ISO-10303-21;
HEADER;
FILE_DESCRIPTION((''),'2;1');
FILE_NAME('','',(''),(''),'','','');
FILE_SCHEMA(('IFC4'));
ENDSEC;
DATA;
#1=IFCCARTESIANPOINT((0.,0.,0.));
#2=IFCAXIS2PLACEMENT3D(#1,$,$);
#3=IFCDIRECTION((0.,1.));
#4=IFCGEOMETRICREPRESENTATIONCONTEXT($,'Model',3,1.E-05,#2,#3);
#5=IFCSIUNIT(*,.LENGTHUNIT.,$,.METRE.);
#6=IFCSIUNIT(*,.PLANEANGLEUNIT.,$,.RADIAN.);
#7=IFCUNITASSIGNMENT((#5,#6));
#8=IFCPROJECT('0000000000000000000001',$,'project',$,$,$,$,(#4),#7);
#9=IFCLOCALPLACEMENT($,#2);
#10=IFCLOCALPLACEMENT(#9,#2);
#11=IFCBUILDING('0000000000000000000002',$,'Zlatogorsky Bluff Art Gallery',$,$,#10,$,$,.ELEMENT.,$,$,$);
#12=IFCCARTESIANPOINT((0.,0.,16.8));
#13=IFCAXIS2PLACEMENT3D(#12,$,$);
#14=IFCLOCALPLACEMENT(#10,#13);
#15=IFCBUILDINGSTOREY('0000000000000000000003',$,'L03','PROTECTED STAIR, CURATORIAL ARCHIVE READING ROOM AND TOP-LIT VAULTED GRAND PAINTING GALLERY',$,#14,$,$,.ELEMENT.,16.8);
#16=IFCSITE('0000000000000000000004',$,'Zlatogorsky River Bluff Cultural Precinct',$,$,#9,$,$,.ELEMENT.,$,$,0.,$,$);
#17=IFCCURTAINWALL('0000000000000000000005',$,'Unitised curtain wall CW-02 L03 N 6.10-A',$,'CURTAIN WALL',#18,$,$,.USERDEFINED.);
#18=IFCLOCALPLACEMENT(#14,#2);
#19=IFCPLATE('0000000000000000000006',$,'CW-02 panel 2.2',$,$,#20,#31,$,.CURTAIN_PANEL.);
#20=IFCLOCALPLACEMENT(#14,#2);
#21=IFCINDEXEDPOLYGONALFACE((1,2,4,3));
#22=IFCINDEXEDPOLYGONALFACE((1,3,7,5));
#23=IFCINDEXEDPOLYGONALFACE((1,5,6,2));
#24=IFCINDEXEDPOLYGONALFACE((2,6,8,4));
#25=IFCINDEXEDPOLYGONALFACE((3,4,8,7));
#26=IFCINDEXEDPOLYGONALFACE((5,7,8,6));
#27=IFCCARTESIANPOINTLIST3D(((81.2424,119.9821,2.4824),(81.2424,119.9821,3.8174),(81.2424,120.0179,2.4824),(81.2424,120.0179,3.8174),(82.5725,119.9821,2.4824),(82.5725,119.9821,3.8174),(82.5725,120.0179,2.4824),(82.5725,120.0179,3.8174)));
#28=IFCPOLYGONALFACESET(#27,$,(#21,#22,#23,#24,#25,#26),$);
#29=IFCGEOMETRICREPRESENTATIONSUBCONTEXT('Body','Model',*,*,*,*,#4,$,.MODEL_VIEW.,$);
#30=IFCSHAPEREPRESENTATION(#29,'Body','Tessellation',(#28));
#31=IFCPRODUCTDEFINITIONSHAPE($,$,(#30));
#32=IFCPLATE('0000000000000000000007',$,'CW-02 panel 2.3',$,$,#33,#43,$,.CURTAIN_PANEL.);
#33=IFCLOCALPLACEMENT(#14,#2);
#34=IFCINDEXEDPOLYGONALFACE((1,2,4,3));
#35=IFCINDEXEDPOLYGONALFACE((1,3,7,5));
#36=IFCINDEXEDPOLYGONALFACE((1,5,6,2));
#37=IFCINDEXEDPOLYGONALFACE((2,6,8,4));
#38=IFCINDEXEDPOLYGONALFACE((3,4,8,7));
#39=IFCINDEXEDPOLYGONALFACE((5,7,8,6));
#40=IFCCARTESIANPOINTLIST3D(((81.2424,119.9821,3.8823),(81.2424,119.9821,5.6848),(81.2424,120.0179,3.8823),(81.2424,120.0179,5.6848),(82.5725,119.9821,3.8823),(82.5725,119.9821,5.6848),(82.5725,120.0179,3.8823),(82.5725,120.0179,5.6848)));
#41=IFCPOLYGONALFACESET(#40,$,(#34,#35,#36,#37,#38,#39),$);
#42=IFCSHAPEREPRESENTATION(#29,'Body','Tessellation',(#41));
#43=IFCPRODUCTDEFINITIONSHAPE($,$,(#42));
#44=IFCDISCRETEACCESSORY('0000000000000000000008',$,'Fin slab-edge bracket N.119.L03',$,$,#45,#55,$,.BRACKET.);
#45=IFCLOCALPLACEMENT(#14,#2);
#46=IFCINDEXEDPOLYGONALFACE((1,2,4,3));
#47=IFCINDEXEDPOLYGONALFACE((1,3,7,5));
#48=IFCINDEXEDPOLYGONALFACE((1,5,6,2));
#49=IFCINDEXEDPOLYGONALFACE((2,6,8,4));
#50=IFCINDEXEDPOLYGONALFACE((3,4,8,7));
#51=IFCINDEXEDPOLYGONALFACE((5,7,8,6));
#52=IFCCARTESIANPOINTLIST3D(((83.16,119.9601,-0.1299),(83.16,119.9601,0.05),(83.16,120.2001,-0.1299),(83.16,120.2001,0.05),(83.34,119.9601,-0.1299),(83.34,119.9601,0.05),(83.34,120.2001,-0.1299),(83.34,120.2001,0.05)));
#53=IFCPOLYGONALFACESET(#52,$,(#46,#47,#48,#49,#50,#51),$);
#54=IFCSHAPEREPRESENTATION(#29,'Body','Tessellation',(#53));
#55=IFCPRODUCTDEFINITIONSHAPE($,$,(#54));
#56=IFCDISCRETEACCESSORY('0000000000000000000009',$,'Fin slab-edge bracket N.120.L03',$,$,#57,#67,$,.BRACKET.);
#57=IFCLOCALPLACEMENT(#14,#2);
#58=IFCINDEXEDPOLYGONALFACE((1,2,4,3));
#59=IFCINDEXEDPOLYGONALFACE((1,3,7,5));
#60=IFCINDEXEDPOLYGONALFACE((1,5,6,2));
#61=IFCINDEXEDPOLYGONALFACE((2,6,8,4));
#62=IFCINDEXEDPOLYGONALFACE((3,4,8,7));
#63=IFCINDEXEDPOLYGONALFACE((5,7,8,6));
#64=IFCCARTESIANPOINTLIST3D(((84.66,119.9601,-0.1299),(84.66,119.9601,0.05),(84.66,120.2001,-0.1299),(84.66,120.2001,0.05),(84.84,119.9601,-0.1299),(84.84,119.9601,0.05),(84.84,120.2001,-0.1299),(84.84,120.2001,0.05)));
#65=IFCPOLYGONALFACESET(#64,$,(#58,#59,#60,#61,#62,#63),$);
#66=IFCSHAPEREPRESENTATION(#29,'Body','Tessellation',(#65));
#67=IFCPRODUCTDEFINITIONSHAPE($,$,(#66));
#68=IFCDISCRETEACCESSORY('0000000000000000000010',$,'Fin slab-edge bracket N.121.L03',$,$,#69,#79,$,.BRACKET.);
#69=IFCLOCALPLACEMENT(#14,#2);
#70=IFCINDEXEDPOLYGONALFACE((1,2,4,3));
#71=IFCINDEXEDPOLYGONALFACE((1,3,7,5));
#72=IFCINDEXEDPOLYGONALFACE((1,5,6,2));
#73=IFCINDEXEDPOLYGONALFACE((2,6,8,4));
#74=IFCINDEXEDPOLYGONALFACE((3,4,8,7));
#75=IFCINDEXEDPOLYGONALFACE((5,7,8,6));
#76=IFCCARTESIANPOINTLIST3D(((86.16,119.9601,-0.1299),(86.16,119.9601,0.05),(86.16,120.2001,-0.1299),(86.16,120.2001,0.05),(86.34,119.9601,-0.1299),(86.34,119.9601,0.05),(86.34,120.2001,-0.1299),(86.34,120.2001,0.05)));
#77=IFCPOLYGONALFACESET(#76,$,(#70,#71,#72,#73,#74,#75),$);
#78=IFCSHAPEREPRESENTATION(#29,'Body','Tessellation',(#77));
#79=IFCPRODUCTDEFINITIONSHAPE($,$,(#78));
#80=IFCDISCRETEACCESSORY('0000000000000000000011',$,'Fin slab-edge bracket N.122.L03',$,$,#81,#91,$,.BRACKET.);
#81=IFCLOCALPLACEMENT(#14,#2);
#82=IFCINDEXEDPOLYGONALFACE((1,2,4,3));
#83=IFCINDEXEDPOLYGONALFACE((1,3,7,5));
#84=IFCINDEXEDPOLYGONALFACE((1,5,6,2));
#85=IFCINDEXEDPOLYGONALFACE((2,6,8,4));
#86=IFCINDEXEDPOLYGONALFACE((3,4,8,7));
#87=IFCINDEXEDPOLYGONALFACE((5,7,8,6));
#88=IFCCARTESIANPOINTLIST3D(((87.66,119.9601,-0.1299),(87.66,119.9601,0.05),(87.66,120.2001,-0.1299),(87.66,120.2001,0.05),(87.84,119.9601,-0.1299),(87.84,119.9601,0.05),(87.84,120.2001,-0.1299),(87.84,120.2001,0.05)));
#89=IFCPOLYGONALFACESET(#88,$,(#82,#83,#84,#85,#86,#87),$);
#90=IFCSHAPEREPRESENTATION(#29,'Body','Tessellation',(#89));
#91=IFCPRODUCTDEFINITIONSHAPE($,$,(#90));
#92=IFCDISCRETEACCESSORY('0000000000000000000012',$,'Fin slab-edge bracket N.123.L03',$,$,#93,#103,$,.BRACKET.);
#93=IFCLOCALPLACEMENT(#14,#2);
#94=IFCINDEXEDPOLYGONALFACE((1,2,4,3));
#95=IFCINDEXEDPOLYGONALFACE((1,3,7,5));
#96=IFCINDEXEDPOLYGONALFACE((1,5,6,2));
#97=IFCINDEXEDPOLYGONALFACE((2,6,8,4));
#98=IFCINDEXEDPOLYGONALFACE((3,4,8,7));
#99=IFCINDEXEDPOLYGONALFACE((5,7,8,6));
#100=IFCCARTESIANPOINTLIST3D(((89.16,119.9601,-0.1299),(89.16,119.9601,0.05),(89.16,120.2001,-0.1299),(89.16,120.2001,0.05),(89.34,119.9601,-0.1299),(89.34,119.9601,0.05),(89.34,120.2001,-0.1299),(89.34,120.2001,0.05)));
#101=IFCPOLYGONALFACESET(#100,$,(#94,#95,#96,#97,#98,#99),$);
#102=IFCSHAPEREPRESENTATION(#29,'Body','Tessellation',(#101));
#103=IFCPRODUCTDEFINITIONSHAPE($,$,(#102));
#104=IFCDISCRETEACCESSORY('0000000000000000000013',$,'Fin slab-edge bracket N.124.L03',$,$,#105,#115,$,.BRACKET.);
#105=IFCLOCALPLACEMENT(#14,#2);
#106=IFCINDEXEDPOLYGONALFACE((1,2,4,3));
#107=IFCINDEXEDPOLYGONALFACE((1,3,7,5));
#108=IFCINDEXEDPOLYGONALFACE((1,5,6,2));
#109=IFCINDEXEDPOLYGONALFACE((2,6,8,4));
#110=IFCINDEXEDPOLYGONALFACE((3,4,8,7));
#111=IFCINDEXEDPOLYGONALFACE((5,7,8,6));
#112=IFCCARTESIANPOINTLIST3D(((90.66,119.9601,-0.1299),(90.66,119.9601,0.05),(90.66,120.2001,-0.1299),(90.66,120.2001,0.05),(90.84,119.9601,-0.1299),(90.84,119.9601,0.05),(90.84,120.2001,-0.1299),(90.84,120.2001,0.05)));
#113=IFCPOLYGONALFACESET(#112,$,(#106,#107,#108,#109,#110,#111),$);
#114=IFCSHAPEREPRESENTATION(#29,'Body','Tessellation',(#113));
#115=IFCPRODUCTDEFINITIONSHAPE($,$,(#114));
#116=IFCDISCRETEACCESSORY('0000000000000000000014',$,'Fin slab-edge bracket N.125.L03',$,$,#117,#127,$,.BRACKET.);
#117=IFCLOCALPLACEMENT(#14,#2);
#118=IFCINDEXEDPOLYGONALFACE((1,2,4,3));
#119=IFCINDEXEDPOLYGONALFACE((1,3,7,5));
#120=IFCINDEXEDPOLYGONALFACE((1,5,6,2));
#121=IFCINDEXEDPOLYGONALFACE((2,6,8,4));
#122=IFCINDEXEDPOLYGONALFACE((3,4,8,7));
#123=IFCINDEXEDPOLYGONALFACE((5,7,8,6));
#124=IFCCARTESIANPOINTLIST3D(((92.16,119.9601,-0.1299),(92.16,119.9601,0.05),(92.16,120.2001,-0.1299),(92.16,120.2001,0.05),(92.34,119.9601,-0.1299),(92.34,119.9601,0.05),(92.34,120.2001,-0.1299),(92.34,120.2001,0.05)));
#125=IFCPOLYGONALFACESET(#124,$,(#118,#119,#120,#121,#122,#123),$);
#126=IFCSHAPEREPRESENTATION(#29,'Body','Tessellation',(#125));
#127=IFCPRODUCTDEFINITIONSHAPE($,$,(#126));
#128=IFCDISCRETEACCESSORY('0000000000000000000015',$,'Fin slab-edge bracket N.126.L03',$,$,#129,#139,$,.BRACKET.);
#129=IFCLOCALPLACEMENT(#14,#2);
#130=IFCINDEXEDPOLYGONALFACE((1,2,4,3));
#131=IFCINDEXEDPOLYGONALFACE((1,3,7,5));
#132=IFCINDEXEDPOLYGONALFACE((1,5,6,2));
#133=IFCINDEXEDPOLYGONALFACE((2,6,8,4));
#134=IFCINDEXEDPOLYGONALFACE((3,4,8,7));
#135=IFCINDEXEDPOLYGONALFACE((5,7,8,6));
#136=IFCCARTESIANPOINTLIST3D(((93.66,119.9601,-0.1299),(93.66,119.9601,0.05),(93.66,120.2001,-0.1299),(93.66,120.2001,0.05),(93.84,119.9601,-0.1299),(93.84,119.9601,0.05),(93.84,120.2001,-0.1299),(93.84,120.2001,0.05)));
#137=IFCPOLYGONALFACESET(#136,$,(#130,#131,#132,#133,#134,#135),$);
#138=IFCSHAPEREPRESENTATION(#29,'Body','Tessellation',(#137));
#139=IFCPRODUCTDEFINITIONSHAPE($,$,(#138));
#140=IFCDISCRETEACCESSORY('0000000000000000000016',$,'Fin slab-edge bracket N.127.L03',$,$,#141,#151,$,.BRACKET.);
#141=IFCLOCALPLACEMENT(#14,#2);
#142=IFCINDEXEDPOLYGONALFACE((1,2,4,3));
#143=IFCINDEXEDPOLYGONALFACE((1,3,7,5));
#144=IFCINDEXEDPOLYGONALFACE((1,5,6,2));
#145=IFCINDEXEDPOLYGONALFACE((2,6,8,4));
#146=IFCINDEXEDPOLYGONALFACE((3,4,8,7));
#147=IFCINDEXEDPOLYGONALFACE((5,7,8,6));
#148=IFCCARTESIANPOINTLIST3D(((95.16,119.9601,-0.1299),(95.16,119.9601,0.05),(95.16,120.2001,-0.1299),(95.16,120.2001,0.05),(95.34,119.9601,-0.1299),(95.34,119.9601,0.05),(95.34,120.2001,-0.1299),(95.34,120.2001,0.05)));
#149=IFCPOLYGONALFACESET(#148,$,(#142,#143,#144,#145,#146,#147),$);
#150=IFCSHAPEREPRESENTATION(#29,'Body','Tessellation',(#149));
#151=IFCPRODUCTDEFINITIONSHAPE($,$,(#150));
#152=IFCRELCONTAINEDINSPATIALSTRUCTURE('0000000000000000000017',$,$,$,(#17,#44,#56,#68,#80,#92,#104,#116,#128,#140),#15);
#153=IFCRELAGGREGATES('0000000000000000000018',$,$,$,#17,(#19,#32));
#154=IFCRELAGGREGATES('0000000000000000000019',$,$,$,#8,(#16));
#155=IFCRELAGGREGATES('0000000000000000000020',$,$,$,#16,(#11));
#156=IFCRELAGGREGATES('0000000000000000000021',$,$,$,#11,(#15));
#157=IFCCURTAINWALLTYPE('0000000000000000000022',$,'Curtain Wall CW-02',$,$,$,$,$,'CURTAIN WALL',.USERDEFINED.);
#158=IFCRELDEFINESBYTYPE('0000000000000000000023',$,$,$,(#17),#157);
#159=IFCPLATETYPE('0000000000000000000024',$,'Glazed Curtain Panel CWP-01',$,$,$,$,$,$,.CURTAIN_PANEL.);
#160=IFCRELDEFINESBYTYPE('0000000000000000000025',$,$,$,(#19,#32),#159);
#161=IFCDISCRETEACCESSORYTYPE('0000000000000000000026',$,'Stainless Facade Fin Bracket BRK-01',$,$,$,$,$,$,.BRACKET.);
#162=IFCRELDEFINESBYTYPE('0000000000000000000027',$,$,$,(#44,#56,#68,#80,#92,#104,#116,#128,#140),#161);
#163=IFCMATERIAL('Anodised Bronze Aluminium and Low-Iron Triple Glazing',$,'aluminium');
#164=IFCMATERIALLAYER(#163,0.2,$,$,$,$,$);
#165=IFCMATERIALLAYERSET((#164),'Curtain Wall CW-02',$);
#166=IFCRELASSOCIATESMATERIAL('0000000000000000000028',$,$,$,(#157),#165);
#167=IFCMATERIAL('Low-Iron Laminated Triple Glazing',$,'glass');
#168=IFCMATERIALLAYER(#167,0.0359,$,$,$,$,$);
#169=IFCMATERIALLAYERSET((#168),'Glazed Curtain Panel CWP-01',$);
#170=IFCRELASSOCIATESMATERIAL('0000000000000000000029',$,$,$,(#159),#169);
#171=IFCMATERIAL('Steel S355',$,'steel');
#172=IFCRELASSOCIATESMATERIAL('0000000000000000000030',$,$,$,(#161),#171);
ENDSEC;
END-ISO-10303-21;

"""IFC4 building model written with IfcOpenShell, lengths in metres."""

from ifc_helpers import new_model, si_unit, direction, frame, origin, origin_2d, place, context, subcontext, project, spatial, rectangle, extrude, material, layer, layer_set, type_object, element, aggregate, save


model = new_model("IFC4")

# Units and contexts
model_context = context("Model", 3, precision=1e-05, world=origin(), true_north=direction((0.0, 1.0)))
body_context = subcontext(model_context, "Body", "Model", "MODEL_VIEW")
ifc_project = project(units=[si_unit("LENGTHUNIT", "METRE"), si_unit("PLANEANGLEUNIT", "RADIAN")], contexts=[model_context])

# Site, building, storey
site_placement = place(None, origin())
site = spatial("IfcSite", under=ifc_project, at=site_placement, Name="Zlatogorsky River Bluff Cultural Precinct", CompositionType="ELEMENT", RefElevation=0.0)
building_placement = place(site_placement, origin())
building = spatial("IfcBuilding", under=site, at=building_placement, Name="Zlatogorsky Bluff Art Gallery", CompositionType="ELEMENT")
storey_placement = place(building_placement, frame((0.0, 0.0, 16.8)))
storey = spatial("IfcBuildingStorey", under=building, at=storey_placement, Name="L03", Description="PROTECTED STAIR, CURATORIAL ARCHIVE READING ROOM AND TOP-LIT VAULTED GRAND PAINTING GALLERY", CompositionType="ELEMENT", Elevation=16.8)

# Shared definitions
ifc_material_1 = material(Name="Steel S355", Category="steel")

# Curtain wall, plates
ifc_material_2 = material(Name="Anodised Bronze Aluminium and Low-Iron Triple Glazing", Category="aluminium")
ifc_layer_1 = layer(ifc_material_2, 0.2)
ifc_layer_set_1 = layer_set([ifc_layer_1], Name="Curtain Wall CW-02")
curtain_wall_type = type_object("IfcCurtainWallType", Name="Curtain Wall CW-02", ElementType="CURTAIN WALL", PredefinedType="USERDEFINED", material=ifc_layer_set_1)
curtain_wall_placement = place(storey_placement, origin())
curtain_wall = element("IfcCurtainWall", 1, at=curtain_wall_placement, inside=storey, type_object=curtain_wall_type, Name="Unitised curtain wall CW-02 L03 N 6.10-A", ObjectType="CURTAIN WALL", PredefinedType="USERDEFINED")
ifc_material_3 = material(Name="Low-Iron Laminated Triple Glazing", Category="glass")
ifc_layer_2 = layer(ifc_material_3, 0.0359)
ifc_layer_set_2 = layer_set([ifc_layer_2], Name="Glazed Curtain Panel CWP-01")
plate_type = type_object("IfcPlateType", Name="Glazed Curtain Panel CWP-01", PredefinedType="CURTAIN_PANEL", material=ifc_layer_set_2)
plate_1_placement = place(storey_placement, frame((81.9075, 120.0, 2.4824), z_axis=(0.0, 0.0, 1.0), x_axis=(-1.0, 0.0, 0.0)))
plate_1 = element("IfcPlate", 2, at=plate_1_placement, type_object=plate_type, Name="CW-02 panel 2.2", PredefinedType="CURTAIN_PANEL", context=body_context, shape_type="SweptSolid", body=[
    extrude(rectangle(XDim=1.3301, YDim=0.0359, at=origin_2d()), origin(), (0.0, 0.0, 1.0), 1.335),
])
plate_2_placement = place(storey_placement, frame((81.9075, 120.0, 3.8823), z_axis=(0.0, 0.0, 1.0), x_axis=(-1.0, 0.0, 0.0)))
plate_2 = element("IfcPlate", 3, at=plate_2_placement, type_object=plate_type, Name="CW-02 panel 2.3", PredefinedType="CURTAIN_PANEL", context=body_context, shape_type="SweptSolid", body=[
    extrude(rectangle(XDim=1.3301, YDim=0.0359, at=origin_2d()), origin(), (0.0, 0.0, 1.0), 1.8025),
])
aggregate(curtain_wall, [plate_1, plate_2])

# Discrete accessories
discrete_accessory_type = type_object("IfcDiscreteAccessoryType", Name="Stainless Facade Fin Bracket BRK-01", PredefinedType="BRACKET", material=ifc_material_1)
for number, where, z_axis, x_axis, name in (
    (4, (83.25, 120.0801, -0.1299), (0.0, 0.0, 1.0), (1.0, 0.0, 0.0), "Fin slab-edge bracket N.119.L03"),
    (5, (84.75, 120.0801, -0.1299), (0.0, 0.0, 1.0), (1.0, 0.0, 0.0), "Fin slab-edge bracket N.120.L03"),
    (6, (86.25, 120.0801, -0.1299), (0.0, 0.0, 1.0), (1.0, 0.0, 0.0), "Fin slab-edge bracket N.121.L03"),
    (7, (87.75, 120.0801, -0.1299), (0.0, 0.0, 1.0), (1.0, 0.0, 0.0), "Fin slab-edge bracket N.122.L03"),
    (8, (89.25, 120.0801, -0.1299), (0.0, 0.0, 1.0), (1.0, 0.0, 0.0), "Fin slab-edge bracket N.123.L03"),
    (9, (90.75, 120.0801, -0.1299), (0.0, 0.0, 1.0), (1.0, 0.0, 0.0), "Fin slab-edge bracket N.124.L03"),
    (10, (92.25, 120.0801, -0.1299), (0.0, 0.0, 1.0), (1.0, 0.0, 0.0), "Fin slab-edge bracket N.125.L03"),
    (11, (93.75, 120.0801, -0.1299), (0.0, 0.0, 1.0), (1.0, 0.0, 0.0), "Fin slab-edge bracket N.126.L03"),
    (12, (95.25, 120.0801, -0.1299), (0.0, 0.0, 1.0), (1.0, 0.0, 0.0), "Fin slab-edge bracket N.127.L03"),
):
    element("IfcDiscreteAccessory", number, at=place(storey_placement, frame(where, z_axis=z_axis, x_axis=x_axis)), inside=storey, type_object=discrete_accessory_type, Name=name, PredefinedType="BRACKET", context=body_context, shape_type="SweptSolid", body=[
        extrude(rectangle(XDim=0.1799, YDim=0.24, at=origin_2d()), origin(), (0.0, 0.0, 1.0), 0.1799),
    ])

save(model, "model.ifc")
